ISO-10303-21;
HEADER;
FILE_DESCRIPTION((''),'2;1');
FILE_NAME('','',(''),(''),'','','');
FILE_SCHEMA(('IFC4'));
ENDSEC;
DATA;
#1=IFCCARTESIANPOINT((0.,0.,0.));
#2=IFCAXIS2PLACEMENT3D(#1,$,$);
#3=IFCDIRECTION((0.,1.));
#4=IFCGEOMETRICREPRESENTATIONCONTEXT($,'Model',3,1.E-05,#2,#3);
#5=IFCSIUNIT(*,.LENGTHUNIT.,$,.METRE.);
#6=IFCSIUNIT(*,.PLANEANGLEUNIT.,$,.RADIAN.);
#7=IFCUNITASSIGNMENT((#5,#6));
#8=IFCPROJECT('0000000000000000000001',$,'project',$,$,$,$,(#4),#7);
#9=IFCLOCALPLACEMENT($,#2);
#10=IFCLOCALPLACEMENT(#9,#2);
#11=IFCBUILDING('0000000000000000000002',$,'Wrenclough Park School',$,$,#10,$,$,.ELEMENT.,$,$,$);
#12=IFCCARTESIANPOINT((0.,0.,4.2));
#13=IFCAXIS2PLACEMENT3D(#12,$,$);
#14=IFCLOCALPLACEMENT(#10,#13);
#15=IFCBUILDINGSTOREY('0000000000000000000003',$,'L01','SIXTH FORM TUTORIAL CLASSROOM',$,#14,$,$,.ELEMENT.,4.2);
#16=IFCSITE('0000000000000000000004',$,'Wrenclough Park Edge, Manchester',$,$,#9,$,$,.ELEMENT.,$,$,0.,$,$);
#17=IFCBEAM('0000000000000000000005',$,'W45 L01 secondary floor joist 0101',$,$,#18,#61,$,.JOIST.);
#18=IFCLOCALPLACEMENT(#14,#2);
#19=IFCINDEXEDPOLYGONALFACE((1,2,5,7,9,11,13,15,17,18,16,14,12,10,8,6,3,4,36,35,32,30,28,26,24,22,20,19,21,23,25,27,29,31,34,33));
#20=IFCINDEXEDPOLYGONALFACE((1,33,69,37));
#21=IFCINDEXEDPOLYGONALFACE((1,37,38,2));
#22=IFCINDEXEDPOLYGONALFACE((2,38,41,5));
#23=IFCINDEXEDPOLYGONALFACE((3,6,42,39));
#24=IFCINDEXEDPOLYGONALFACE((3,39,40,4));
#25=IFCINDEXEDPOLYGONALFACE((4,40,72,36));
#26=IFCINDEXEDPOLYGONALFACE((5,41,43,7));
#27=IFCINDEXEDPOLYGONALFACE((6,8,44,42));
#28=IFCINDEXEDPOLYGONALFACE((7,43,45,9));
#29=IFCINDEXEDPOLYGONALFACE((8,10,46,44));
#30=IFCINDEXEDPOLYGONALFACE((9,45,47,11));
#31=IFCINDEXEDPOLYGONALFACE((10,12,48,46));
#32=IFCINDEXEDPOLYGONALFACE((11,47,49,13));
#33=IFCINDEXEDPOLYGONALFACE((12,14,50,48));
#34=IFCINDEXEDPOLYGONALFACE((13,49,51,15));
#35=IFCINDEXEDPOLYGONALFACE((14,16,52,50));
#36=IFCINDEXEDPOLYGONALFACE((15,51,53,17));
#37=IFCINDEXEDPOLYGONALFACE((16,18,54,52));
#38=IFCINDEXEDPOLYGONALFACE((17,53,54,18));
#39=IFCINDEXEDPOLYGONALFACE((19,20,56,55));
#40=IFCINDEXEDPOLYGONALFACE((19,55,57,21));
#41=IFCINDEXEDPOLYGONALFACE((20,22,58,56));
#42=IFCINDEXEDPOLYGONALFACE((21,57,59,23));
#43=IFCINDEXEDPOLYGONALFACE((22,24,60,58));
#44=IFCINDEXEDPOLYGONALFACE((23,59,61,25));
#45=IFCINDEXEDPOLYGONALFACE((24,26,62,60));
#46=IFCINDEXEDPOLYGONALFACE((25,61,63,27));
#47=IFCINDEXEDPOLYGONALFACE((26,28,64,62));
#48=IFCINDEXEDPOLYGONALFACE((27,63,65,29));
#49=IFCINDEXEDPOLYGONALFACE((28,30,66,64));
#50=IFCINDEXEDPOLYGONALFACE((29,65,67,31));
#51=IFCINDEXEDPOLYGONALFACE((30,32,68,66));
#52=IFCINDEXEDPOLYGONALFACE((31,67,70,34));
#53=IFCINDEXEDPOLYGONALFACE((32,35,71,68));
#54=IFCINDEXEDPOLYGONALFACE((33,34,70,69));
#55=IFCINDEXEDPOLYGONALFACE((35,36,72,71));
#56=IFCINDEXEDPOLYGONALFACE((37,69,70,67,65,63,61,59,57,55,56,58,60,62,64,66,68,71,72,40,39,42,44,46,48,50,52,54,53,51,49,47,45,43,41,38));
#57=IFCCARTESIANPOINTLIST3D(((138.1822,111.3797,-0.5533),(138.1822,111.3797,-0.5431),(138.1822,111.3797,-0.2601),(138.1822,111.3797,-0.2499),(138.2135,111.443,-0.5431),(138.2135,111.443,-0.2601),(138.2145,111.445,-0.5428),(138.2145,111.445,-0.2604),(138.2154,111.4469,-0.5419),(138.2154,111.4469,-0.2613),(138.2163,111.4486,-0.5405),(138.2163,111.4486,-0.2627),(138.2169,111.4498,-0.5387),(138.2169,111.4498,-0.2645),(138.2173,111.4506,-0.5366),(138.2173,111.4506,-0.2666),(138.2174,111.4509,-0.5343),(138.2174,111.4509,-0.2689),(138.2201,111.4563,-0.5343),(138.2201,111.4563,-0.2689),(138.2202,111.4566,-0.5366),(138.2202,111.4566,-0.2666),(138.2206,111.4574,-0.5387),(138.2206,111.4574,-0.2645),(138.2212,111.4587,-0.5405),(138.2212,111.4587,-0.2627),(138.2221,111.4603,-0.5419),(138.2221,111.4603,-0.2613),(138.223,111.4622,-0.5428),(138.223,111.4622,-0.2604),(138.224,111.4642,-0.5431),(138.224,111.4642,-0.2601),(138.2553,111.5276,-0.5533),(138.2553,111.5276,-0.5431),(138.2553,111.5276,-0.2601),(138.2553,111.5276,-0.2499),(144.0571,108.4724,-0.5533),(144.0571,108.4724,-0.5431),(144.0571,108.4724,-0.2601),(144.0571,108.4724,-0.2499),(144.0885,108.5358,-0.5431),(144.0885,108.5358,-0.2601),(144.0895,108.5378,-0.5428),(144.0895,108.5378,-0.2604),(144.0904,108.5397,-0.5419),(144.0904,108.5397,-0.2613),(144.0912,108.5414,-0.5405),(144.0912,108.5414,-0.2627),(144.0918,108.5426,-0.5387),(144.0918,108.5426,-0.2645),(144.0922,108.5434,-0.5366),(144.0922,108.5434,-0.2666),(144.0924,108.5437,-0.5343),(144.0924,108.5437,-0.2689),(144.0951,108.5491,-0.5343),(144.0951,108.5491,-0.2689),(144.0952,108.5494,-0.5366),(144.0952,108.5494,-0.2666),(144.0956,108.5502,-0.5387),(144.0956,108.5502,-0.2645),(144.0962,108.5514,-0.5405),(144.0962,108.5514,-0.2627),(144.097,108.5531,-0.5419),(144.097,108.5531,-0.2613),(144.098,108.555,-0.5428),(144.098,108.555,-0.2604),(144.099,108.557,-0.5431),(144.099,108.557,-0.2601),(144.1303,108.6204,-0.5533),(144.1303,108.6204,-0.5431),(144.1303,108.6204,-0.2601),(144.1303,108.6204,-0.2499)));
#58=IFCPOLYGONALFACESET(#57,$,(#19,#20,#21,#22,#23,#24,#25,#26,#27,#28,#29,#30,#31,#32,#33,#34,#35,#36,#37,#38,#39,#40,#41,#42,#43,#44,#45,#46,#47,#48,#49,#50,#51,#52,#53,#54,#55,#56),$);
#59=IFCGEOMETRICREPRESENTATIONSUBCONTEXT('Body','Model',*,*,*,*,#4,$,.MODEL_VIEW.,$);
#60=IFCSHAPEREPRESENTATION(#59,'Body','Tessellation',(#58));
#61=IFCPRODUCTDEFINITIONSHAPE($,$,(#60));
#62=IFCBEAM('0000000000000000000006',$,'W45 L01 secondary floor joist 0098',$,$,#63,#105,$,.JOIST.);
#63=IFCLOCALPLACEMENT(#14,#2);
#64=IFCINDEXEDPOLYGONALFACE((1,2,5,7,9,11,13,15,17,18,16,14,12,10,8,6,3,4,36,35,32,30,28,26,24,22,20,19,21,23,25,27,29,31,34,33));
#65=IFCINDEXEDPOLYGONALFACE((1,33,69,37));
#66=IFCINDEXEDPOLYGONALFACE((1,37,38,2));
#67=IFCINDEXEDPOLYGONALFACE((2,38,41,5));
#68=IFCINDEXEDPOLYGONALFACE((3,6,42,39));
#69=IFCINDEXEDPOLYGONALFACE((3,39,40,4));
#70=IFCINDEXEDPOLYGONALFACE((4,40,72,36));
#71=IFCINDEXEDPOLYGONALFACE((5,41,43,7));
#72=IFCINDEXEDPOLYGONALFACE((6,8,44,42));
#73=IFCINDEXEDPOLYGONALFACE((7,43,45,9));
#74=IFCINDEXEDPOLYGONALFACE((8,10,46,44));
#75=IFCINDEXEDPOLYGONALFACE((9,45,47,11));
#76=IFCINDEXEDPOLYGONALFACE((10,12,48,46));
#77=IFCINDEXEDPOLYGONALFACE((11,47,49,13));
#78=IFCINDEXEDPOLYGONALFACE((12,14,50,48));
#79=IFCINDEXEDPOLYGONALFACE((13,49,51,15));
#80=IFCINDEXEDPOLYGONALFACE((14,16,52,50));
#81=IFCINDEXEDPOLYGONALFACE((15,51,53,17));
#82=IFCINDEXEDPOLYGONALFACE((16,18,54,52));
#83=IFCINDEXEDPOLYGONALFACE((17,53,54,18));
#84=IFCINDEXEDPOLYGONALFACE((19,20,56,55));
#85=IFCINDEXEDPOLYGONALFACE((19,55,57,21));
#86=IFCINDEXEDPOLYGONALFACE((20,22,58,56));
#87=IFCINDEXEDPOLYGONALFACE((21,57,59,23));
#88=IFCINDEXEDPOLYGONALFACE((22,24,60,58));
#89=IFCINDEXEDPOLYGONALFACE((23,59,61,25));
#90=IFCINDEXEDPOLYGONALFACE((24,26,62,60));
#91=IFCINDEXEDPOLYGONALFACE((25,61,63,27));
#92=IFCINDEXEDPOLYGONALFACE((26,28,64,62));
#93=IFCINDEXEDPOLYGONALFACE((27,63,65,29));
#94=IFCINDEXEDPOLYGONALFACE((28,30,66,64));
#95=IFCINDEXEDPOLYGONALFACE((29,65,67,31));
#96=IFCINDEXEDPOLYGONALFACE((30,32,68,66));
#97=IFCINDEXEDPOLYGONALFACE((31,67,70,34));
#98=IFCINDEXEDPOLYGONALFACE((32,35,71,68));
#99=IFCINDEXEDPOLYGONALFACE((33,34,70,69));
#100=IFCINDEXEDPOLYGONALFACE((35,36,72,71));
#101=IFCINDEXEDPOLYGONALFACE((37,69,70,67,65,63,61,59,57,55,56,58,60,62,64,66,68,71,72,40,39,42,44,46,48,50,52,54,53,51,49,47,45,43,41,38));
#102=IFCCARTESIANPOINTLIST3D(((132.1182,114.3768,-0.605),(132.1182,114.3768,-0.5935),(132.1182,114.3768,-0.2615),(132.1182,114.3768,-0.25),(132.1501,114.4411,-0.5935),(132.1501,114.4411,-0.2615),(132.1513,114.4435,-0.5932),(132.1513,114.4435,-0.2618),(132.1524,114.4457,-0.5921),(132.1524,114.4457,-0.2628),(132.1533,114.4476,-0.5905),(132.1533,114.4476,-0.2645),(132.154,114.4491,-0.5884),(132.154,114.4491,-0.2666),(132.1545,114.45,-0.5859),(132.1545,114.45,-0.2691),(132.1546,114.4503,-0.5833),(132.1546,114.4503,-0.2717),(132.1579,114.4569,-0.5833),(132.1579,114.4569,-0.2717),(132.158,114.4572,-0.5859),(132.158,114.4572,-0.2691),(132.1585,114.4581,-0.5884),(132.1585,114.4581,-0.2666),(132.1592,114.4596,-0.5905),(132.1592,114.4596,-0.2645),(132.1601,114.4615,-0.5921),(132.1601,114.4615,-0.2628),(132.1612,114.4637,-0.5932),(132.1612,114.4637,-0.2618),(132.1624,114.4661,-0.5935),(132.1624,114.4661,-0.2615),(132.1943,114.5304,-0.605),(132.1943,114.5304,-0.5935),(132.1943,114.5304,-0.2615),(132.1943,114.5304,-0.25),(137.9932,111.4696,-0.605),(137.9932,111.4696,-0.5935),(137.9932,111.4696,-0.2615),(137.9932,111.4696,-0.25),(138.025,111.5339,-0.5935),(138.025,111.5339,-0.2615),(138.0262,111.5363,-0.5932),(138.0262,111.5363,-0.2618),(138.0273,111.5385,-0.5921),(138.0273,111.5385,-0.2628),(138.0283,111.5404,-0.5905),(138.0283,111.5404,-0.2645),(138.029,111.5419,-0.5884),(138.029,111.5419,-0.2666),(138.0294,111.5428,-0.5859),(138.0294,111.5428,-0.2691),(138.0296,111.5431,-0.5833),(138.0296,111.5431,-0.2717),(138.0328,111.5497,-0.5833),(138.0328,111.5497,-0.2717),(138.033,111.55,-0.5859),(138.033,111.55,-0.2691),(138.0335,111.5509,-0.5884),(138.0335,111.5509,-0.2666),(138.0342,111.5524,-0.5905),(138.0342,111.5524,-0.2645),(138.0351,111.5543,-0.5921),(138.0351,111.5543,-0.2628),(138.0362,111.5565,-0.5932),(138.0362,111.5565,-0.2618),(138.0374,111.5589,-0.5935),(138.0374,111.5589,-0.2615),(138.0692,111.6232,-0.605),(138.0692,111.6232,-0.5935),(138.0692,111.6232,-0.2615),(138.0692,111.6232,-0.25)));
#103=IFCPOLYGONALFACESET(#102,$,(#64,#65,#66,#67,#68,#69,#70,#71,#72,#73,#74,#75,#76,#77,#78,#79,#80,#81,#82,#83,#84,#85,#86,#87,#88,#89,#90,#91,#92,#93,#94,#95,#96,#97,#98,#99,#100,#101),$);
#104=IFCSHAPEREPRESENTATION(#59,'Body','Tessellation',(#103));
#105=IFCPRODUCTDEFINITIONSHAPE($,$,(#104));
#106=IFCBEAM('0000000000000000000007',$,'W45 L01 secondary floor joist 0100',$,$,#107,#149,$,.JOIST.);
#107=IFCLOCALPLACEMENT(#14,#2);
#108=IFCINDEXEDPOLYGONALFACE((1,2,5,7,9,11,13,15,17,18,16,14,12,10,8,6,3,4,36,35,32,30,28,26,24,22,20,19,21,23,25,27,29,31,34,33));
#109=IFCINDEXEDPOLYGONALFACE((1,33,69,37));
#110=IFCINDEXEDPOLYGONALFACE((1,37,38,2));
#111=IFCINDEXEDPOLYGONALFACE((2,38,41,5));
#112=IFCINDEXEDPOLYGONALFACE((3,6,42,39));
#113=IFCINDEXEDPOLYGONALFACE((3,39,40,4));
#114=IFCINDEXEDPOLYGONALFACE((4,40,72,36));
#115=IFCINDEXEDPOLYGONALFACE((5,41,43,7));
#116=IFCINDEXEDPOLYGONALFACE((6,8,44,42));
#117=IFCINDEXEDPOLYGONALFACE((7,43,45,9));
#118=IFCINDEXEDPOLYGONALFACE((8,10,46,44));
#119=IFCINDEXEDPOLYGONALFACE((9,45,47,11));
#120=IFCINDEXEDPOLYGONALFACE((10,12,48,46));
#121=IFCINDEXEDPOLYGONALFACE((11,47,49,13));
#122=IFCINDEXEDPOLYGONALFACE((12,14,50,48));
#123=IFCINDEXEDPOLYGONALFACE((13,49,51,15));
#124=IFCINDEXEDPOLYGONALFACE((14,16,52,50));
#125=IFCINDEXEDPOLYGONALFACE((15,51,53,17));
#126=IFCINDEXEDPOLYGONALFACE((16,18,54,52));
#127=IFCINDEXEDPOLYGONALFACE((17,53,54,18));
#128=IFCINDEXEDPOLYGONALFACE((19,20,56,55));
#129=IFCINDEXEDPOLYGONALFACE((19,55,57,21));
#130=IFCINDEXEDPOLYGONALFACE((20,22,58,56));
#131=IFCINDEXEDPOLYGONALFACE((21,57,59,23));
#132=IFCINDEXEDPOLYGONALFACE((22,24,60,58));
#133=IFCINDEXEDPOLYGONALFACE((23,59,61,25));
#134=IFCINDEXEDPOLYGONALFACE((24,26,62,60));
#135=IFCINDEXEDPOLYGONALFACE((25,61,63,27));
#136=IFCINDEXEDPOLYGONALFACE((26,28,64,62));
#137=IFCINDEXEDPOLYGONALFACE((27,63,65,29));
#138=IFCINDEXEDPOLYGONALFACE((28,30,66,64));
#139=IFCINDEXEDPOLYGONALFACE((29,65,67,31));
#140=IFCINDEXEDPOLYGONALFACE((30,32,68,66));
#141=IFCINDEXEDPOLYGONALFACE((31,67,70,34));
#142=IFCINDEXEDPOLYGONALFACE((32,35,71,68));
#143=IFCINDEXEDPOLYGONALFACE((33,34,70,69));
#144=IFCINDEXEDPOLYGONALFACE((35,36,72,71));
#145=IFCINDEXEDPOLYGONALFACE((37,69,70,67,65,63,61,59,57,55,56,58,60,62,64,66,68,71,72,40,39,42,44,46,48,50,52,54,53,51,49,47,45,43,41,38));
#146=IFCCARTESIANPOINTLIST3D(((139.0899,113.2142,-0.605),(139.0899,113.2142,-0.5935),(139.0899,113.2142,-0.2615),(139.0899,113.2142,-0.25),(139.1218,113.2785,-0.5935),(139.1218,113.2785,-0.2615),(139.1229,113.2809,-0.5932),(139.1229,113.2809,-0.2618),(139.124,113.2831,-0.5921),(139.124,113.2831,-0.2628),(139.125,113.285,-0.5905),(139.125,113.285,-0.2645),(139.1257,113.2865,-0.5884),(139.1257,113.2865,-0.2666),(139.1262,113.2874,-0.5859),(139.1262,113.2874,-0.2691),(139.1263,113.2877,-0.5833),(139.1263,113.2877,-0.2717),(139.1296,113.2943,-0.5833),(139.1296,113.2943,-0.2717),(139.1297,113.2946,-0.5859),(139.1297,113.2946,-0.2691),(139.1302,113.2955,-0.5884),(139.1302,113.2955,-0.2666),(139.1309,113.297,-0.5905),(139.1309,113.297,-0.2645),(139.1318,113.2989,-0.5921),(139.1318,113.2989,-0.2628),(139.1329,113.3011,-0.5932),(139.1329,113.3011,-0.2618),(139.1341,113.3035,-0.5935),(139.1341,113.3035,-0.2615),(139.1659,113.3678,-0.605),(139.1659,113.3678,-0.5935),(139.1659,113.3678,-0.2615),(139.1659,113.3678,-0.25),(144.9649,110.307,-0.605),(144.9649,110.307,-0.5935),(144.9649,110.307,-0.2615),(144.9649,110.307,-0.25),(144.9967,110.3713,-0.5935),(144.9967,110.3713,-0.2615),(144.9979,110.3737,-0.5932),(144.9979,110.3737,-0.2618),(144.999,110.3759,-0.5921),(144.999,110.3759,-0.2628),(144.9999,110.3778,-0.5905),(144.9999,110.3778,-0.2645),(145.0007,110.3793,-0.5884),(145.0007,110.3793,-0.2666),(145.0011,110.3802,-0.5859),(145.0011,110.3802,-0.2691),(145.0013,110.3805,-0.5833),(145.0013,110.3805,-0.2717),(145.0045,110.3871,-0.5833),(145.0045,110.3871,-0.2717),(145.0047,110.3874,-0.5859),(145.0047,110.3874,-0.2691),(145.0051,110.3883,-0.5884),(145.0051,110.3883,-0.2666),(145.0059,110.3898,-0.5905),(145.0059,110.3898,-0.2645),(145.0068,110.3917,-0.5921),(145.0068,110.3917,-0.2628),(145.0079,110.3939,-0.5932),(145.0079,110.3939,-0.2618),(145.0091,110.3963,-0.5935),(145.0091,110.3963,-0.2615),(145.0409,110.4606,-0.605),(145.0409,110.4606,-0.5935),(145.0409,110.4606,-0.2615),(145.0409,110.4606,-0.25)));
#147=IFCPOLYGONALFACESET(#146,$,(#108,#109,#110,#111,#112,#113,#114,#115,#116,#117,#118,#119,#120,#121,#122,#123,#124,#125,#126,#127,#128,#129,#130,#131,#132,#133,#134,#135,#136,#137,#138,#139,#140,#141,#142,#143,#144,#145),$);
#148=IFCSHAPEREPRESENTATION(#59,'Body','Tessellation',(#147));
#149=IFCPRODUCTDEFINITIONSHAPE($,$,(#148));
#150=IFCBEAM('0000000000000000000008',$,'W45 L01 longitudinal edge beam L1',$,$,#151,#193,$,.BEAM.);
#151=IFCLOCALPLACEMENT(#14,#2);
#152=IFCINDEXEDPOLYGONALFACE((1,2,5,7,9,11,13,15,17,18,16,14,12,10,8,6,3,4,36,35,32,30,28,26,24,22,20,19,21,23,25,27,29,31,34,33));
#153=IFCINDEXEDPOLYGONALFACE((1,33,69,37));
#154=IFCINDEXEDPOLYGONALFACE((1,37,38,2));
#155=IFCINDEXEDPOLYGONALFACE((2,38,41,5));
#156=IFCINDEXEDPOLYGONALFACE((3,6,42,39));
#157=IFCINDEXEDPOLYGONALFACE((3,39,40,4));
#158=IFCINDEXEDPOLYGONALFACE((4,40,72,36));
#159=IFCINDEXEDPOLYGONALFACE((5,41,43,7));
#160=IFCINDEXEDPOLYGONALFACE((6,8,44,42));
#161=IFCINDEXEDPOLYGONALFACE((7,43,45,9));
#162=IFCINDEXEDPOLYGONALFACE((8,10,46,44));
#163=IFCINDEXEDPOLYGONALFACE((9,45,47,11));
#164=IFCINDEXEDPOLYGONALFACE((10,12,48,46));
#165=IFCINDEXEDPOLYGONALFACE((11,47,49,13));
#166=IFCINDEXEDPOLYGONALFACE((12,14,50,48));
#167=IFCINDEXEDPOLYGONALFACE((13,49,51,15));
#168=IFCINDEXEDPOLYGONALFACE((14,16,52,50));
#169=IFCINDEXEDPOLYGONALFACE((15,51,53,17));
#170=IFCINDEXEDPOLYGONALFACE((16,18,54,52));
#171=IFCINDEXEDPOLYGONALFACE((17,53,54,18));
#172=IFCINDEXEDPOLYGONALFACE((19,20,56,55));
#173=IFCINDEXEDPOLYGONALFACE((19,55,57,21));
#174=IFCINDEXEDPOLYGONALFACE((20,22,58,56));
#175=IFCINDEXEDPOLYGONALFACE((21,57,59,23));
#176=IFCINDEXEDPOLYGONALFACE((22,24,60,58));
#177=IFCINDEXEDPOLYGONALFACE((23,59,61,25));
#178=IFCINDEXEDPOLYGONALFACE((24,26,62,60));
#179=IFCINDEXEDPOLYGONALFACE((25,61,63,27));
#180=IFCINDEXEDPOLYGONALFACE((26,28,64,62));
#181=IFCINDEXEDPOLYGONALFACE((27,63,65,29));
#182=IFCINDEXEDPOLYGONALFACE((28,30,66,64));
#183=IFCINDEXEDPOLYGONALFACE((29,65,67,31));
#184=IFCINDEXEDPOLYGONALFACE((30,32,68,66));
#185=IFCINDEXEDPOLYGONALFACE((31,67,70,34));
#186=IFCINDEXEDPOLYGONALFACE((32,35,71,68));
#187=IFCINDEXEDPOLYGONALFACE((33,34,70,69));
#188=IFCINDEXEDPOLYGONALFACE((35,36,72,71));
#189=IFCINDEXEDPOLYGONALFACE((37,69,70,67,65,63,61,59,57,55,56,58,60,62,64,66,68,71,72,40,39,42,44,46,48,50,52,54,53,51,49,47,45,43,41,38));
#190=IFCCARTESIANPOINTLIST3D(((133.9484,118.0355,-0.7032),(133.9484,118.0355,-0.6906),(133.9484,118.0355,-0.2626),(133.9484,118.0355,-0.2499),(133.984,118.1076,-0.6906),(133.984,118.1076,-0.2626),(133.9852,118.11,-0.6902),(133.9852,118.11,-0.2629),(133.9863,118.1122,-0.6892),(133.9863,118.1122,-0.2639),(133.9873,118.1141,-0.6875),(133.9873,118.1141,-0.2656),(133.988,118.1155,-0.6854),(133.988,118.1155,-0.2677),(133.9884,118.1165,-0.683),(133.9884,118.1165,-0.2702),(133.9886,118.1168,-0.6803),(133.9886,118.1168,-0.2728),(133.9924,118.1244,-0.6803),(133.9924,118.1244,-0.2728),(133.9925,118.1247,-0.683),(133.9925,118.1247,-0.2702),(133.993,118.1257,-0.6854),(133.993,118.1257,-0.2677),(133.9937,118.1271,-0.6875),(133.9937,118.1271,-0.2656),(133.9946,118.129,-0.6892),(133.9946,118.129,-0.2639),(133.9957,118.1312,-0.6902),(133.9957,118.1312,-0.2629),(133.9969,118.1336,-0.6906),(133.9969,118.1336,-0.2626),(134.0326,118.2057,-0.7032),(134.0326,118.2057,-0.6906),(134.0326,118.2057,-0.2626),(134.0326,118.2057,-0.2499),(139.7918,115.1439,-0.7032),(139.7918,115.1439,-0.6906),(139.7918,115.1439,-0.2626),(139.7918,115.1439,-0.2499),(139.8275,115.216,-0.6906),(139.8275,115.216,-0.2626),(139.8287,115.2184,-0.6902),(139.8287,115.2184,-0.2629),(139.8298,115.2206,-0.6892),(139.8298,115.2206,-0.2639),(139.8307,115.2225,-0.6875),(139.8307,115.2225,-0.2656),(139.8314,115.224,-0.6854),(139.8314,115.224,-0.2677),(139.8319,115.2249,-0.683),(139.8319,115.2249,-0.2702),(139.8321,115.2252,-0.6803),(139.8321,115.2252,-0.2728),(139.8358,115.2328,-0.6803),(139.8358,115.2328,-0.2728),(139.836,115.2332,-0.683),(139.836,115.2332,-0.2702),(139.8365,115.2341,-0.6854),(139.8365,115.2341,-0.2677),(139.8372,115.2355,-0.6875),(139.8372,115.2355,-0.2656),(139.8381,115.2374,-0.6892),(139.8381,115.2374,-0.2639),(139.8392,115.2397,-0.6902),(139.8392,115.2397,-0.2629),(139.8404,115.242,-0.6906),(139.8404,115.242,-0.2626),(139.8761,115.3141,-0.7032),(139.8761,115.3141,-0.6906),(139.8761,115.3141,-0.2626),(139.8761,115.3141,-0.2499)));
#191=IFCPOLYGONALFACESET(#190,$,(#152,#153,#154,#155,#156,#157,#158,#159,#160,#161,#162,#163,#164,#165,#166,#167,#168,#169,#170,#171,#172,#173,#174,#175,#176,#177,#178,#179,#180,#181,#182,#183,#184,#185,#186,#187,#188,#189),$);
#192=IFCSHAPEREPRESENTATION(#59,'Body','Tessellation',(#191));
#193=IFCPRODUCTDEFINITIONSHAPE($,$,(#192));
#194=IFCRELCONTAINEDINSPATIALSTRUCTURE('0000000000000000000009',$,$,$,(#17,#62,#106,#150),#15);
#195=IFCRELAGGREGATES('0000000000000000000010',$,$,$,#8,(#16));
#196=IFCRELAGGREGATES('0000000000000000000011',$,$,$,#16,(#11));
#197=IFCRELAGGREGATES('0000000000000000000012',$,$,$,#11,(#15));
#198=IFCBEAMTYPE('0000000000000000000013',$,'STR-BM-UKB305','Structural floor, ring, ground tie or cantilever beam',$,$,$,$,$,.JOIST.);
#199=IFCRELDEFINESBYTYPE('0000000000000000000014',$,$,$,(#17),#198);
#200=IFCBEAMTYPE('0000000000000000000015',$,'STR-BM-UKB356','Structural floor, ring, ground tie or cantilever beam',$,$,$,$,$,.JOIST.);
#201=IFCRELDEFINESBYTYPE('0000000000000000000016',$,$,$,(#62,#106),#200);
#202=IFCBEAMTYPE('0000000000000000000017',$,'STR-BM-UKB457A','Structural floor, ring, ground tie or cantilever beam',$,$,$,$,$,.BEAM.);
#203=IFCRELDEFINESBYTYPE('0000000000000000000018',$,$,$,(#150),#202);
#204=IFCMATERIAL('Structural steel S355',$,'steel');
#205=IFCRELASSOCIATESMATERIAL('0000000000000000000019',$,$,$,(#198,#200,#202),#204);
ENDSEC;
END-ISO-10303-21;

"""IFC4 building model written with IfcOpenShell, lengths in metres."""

from ifc_helpers import new_model, si_unit, direction, frame, origin, origin_2d, place, context, subcontext, project, spatial, i_section, extrude, material, material_profile, profile_set, type_object, element, save


model = new_model("IFC4")

# Units and contexts
model_context = context("Model", 3, precision=1e-05, world=origin(), true_north=direction((0.0, 1.0)))
body_context = subcontext(model_context, "Body", "Model", "MODEL_VIEW")
ifc_project = project(units=[si_unit("LENGTHUNIT", "METRE"), si_unit("PLANEANGLEUNIT", "RADIAN")], contexts=[model_context])

# Site, building, storey
site_placement = place(None, origin())
site = spatial("IfcSite", under=ifc_project, at=site_placement, Name="Wrenclough Park Edge, Manchester", CompositionType="ELEMENT", RefElevation=0.0)
building_placement = place(site_placement, origin())
building = spatial("IfcBuilding", under=site, at=building_placement, Name="Wrenclough Park School", CompositionType="ELEMENT")
storey_placement = place(building_placement, frame((0.0, 0.0, 4.2)))
storey = spatial("IfcBuildingStorey", under=building, at=storey_placement, Name="L01", Description="SIXTH FORM TUTORIAL CLASSROOM", CompositionType="ELEMENT", Elevation=4.2)

# Shared definitions
ifc_material_1 = material(Name="Structural steel S355", Category="steel")

# Beams
ifc_material_profile_1 = material_profile(ifc_material_1, i_section(OverallWidth=0.165, OverallDepth=0.3035, WebThickness=0.0061, FlangeThickness=0.0103, FilletRadius=0.0088, at=origin_2d()), Name="UKB 305x165x40")
ifc_profile_set_1 = profile_set([ifc_material_profile_1], Name="Structural steel S355")
beam_type_1 = type_object("IfcBeamType", Name="STR-BM-UKB305", Description="Structural floor, ring, ground tie or cantilever beam", PredefinedType="JOIST", material=ifc_profile_set_1)
for number, where, z_axis, x_axis, name in (
    (1, (138.2188, 111.4536, -0.4016), (0.896267, -0.443515, 0.0), (0.443515, 0.896267, 0.0), "W45 L01 secondary floor joist 0101"),
):
    element("IfcBeam", number, at=place(storey_placement, frame(where, z_axis=z_axis, x_axis=x_axis)), inside=storey, type_object=beam_type_1, Name=name, PredefinedType="JOIST", context=body_context, shape_type="SweptSolid", body=[
        extrude(i_section(OverallWidth=0.165, OverallDepth=0.3035, WebThickness=0.0061, FlangeThickness=0.0103, FilletRadius=0.0088, at=origin_2d()), origin(), (0.0, 0.0, 1.0), 6.5549),
    ])
ifc_material_profile_2 = material_profile(ifc_material_1, i_section(OverallWidth=0.1714, OverallDepth=0.355, WebThickness=0.0073, FlangeThickness=0.0115, FilletRadius=0.0103, at=origin_2d()), Name="UKB 356x171x51")
ifc_profile_set_2 = profile_set([ifc_material_profile_2], Name="Structural steel S355")
beam_type_2 = type_object("IfcBeamType", Name="STR-BM-UKB356", Description="Structural floor, ring, ground tie or cantilever beam", PredefinedType="JOIST", material=ifc_profile_set_2)
for number, where, z_axis, x_axis, name in (
    (2, (132.1562, 114.4536, -0.4275), (0.896267, -0.443515, 0.0), (0.443515, 0.896267, 0.0), "W45 L01 secondary floor joist 0098"),
    (3, (139.1279, 113.291, -0.4275), (0.896267, -0.443515, 0.0), (0.443515, 0.896267, 0.0), "W45 L01 secondary floor joist 0100"),
):
    element("IfcBeam", number, at=place(storey_placement, frame(where, z_axis=z_axis, x_axis=x_axis)), inside=storey, type_object=beam_type_2, Name=name, PredefinedType="JOIST", context=body_context, shape_type="SweptSolid", body=[
        extrude(i_section(OverallWidth=0.1714, OverallDepth=0.355, WebThickness=0.0073, FlangeThickness=0.0115, FilletRadius=0.0103, at=origin_2d()), origin(), (0.0, 0.0, 1.0), 6.5549),
    ])
ifc_material_profile_3 = material_profile(ifc_material_1, i_section(OverallWidth=0.1899, OverallDepth=0.4534, WebThickness=0.0085, FlangeThickness=0.0127, FilletRadius=0.0103, at=origin_2d()), Name="UKB 457x191x67")
ifc_profile_set_3 = profile_set([ifc_material_profile_3], Name="Structural steel S355")
beam_type_3 = type_object("IfcBeamType", Name="STR-BM-UKB457A", Description="Structural floor, ring, ground tie or cantilever beam", PredefinedType="BEAM", material=ifc_profile_set_3)
beam_1_placement = place(storey_placement, frame((133.9905, 118.1206, -0.4766), z_axis=(0.896269, -0.44351, 0.0), x_axis=(0.44351, 0.896269, 0.0)))
element("IfcBeam", 4, at=beam_1_placement, inside=storey, type_object=beam_type_3, Name="W45 L01 longitudinal edge beam L1", PredefinedType="BEAM", context=body_context, shape_type="SweptSolid", body=[
    extrude(i_section(OverallWidth=0.1899, OverallDepth=0.4534, WebThickness=0.0085, FlangeThickness=0.0127, FilletRadius=0.0103, at=origin_2d()), origin(), (0.0, 0.0, 1.0), 6.5198),
])

save(model, "model.ifc")
